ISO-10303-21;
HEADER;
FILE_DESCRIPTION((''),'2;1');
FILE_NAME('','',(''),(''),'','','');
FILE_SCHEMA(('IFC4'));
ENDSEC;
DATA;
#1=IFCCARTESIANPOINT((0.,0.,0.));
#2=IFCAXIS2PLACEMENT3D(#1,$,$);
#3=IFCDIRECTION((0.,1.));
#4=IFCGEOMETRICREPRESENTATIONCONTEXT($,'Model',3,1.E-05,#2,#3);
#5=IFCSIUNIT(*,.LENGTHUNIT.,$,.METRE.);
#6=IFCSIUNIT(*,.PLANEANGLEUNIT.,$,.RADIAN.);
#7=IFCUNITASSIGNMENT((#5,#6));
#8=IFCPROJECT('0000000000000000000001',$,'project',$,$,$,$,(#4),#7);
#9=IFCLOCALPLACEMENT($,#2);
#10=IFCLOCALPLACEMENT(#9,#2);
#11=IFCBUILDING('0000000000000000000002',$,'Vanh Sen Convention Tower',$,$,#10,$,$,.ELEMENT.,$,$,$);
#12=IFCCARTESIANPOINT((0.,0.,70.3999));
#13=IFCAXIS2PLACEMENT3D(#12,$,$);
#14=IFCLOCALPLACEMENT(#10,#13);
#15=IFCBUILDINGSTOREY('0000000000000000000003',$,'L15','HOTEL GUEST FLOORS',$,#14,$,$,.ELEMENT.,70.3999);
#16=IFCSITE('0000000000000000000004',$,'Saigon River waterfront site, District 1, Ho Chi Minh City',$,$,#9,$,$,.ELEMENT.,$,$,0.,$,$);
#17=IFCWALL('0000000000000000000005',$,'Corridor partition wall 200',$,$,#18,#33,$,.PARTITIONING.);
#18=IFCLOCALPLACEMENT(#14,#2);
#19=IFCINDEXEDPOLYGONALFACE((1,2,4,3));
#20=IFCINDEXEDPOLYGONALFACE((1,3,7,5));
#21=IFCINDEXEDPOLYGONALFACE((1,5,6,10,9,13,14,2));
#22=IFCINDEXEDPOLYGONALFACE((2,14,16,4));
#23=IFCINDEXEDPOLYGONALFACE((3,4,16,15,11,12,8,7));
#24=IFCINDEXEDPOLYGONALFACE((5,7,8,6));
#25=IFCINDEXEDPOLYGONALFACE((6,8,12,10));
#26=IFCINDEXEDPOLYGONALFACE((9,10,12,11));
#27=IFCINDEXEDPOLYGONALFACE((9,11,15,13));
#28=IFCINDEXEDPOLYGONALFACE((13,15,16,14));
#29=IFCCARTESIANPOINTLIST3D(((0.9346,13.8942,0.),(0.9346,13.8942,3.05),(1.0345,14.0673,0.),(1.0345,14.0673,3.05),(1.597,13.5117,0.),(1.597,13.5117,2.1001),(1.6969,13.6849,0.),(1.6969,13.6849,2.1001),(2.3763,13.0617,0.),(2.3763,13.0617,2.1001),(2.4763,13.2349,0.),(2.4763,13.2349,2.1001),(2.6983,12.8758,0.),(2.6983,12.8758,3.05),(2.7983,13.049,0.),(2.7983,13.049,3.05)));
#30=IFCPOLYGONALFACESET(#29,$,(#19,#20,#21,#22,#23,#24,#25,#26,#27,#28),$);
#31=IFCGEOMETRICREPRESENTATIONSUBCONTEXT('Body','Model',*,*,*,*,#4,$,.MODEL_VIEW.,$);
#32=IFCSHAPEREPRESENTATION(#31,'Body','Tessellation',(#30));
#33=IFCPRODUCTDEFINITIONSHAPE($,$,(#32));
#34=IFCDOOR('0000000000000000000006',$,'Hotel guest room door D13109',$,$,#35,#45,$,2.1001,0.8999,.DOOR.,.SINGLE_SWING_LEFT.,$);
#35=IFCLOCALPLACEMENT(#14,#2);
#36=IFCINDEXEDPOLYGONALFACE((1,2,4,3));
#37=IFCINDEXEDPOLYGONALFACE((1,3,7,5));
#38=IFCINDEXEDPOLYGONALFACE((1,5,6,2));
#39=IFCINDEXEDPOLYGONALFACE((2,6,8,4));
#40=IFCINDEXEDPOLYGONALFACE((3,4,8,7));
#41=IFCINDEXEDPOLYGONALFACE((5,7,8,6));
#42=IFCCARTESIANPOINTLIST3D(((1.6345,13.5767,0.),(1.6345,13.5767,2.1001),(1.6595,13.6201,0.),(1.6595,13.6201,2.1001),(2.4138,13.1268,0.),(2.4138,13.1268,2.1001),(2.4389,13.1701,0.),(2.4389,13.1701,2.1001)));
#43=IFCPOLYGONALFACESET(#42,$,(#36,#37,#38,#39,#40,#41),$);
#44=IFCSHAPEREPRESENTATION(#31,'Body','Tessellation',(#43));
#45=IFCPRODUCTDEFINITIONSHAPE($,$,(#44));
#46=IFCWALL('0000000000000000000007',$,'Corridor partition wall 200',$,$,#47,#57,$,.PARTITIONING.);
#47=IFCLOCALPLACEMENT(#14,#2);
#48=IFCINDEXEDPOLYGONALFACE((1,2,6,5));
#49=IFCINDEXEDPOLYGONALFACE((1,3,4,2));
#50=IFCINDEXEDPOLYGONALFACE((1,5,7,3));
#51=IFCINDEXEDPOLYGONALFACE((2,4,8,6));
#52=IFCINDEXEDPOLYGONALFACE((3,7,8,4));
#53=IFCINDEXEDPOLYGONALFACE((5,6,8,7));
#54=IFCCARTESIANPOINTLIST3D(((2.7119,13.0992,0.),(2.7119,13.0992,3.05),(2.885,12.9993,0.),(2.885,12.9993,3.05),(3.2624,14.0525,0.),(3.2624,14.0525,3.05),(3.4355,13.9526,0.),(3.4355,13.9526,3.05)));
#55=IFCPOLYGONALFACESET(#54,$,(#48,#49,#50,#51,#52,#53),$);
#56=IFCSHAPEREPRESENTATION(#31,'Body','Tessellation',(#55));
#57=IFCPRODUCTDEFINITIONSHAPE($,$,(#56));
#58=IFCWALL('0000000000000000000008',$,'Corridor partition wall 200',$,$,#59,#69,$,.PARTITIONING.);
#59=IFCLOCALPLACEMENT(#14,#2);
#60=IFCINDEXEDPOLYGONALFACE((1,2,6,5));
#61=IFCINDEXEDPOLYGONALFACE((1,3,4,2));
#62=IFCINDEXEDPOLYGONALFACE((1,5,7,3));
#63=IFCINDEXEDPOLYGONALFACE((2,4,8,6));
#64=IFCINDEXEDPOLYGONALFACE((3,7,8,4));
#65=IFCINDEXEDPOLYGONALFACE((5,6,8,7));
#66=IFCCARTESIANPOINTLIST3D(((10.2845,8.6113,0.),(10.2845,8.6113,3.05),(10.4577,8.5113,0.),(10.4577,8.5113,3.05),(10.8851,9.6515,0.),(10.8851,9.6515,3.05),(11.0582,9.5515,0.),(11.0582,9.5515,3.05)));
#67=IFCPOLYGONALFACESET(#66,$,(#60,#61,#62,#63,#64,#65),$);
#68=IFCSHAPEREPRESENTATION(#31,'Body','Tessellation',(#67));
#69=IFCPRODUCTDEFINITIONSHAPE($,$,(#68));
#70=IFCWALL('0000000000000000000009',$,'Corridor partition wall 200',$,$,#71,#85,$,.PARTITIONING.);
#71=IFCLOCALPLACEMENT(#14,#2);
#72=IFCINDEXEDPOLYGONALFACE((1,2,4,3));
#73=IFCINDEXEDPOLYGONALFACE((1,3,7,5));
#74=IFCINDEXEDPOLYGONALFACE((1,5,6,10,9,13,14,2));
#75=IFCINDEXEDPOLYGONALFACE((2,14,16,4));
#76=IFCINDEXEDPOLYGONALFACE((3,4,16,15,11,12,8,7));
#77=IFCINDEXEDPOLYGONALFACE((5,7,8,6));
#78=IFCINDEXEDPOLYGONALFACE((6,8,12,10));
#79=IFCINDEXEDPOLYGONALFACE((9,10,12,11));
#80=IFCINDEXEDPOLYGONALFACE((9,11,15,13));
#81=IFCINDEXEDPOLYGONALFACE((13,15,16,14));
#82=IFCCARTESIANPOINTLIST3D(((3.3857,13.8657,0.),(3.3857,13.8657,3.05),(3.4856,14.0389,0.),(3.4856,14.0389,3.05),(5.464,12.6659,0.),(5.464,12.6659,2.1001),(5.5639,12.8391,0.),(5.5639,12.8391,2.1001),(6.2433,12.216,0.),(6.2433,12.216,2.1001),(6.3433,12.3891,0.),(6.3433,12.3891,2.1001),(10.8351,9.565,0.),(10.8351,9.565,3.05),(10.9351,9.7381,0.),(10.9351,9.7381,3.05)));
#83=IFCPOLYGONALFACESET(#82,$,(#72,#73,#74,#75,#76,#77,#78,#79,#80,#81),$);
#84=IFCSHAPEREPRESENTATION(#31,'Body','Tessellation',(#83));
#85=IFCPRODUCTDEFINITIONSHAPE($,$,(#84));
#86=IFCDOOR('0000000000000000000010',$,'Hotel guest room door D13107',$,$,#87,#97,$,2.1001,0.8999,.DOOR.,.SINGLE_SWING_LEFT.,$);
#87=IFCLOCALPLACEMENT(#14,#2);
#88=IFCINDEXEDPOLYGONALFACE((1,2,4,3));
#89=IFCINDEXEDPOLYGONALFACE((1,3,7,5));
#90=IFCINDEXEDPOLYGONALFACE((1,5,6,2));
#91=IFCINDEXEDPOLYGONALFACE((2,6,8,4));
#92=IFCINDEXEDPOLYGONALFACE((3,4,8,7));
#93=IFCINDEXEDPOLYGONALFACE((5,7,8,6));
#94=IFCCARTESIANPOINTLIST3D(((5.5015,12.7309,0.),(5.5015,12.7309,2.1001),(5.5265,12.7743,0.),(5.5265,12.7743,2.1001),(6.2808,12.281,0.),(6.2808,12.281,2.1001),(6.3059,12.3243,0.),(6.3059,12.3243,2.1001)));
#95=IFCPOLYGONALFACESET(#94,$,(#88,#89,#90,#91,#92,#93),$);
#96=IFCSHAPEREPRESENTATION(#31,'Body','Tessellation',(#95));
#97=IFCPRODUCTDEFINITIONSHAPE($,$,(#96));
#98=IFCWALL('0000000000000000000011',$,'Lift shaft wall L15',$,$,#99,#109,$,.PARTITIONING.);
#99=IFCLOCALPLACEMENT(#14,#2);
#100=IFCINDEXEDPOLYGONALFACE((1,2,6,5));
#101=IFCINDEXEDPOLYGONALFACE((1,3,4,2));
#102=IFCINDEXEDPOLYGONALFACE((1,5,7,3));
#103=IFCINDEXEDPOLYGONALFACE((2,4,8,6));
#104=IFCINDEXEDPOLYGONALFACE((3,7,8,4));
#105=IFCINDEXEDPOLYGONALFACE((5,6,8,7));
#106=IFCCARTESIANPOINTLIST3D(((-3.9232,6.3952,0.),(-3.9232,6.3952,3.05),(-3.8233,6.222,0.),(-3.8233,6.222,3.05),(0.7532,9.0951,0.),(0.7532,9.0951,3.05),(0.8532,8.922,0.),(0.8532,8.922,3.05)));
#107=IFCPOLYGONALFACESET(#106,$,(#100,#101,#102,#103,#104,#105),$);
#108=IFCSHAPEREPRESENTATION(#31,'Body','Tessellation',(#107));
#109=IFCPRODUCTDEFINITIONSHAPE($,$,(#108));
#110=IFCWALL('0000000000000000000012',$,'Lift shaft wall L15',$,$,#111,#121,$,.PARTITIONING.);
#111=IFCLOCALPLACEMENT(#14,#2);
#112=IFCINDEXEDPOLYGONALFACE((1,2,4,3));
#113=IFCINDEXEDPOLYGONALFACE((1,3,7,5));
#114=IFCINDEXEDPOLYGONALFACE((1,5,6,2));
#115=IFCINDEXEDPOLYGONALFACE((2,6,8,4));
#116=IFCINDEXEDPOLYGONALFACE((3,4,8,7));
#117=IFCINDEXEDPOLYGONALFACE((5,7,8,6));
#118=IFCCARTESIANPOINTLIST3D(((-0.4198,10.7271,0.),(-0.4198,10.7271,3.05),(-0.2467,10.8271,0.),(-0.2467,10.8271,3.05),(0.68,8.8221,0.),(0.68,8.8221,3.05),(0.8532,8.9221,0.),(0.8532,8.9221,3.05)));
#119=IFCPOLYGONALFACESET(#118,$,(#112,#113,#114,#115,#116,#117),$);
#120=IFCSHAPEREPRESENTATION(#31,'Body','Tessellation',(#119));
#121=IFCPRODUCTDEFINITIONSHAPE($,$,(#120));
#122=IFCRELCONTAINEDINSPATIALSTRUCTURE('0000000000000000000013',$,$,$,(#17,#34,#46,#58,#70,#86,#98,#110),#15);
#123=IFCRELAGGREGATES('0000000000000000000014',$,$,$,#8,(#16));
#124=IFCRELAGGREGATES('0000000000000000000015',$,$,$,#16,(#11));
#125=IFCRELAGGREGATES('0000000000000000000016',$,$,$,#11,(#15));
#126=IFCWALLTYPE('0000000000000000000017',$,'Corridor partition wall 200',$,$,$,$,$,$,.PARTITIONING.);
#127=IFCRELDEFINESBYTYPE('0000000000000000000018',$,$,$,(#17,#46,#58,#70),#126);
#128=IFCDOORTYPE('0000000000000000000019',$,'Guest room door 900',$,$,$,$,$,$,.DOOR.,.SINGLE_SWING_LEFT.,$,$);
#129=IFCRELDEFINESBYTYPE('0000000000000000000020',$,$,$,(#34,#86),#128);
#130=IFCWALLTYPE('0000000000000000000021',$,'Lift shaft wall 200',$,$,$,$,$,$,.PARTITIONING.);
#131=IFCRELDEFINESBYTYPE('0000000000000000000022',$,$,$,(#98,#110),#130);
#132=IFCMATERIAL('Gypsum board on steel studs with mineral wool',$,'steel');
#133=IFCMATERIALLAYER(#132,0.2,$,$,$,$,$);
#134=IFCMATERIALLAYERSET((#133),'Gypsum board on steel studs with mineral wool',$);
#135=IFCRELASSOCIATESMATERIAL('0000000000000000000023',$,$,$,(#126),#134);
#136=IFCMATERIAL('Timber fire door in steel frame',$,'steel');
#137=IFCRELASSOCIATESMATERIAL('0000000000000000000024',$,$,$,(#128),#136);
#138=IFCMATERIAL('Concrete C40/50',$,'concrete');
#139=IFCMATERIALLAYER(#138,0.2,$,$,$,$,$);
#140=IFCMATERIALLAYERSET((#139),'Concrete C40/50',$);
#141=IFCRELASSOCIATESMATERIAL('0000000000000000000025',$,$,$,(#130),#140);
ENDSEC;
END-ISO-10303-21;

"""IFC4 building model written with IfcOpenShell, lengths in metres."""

from ifc_helpers import new_model, si_unit, direction, frame, frame_2d, origin, place, context, subcontext, project, spatial, rectangle, extrude, material, layer, layer_set, type_object, element, fill, save


model = new_model("IFC4")

# Units and contexts
model_context = context("Model", 3, precision=1e-05, world=origin(), true_north=direction((0.0, 1.0)))
body_context = subcontext(model_context, "Body", "Model", "MODEL_VIEW")
ifc_project = project(units=[si_unit("LENGTHUNIT", "METRE"), si_unit("PLANEANGLEUNIT", "RADIAN")], contexts=[model_context])

# Site, building, storey
site_placement = place(None, origin())
site = spatial("IfcSite", under=ifc_project, at=site_placement, Name="Saigon River waterfront site, District 1, Ho Chi Minh City", CompositionType="ELEMENT", RefElevation=0.0)
building_placement = place(site_placement, origin())
building = spatial("IfcBuilding", under=site, at=building_placement, Name="Vanh Sen Convention Tower", CompositionType="ELEMENT")
storey_placement = place(building_placement, frame((0.0, 0.0, 70.3999)))
storey = spatial("IfcBuildingStorey", under=building, at=storey_placement, Name="L15", Description="HOTEL GUEST FLOORS", CompositionType="ELEMENT", Elevation=70.3999)

# Shared definitions
ifc_material_1 = material(Name="Gypsum board on steel studs with mineral wool", Category="steel")
ifc_layer_1 = layer(ifc_material_1, 0.2)
ifc_layer_set_1 = layer_set([ifc_layer_1], Name="Gypsum board on steel studs with mineral wool")
wall_type_1 = type_object("IfcWallType", Name="Corridor partition wall 200", PredefinedType="PARTITIONING", material=ifc_layer_set_1)

# Wall, opening, door
ifc_material_2 = material(Name="Timber fire door in steel frame", Category="steel")
door_type_1 = type_object("IfcDoorType", Name="Guest room door 900", OperationType="SINGLE_SWING_LEFT", PredefinedType="DOOR", material=ifc_material_2)
wall_1_placement = place(storey_placement, frame((2.7483, 12.9624, 0.0), z_axis=(0.0, 0.0, 1.0), x_axis=(-0.866014, 0.50002, 0.0)))
wall_1 = element("IfcWall", 1, at=wall_1_placement, inside=storey, type_object=wall_type_1, Name="Corridor partition wall 200", PredefinedType="PARTITIONING", context=body_context, shape_type="SweptSolid", body=[
    extrude(rectangle(XDim=2.0366, YDim=0.2, at=frame_2d((1.0183, 0.0))), origin(), (0.0, 0.0, 1.0), 3.05),
])
opening_1_placement = place(wall_1_placement, frame((0.3718, 0.0, 0.0)))
opening_1 = element("IfcOpeningElement", 2, at=opening_1_placement, cuts=wall_1, PredefinedType="OPENING", context=body_context, shape_type="SweptSolid", body=[
    extrude(rectangle(XDim=0.8999, YDim=2.1001, at=frame_2d((0.45, 1.05))), frame((0.0, 0.1099, 0.0), z_axis=(0.0, -1.0, 0.0), x_axis=(1.0, 0.0, 0.0)), (0.0, 0.0, 1.0), 0.22),
])
door_1_placement = place(opening_1_placement, origin())
door_1 = element("IfcDoor", 3, at=door_1_placement, inside=storey, type_object=door_type_1, Name="Hotel guest room door D13109", OperationType="SINGLE_SWING_LEFT", OverallHeight=2.1001, OverallWidth=0.8999, PredefinedType="DOOR", context=body_context, shape_type="SweptSolid", body=[
    extrude(rectangle(XDim=0.8999, YDim=2.1001, at=frame_2d((0.45, 1.05))), frame((0.0, 0.0249, 0.0), z_axis=(0.0, -1.0, 0.0), x_axis=(1.0, 0.0, 0.0)), (0.0, 0.0, 1.0), 0.05),
])
fill(opening_1, door_1)

# Walls
wall_2_placement = place(storey_placement, frame((3.3489, 14.0024, 0.0), z_axis=(0.0, 0.0, 1.0), x_axis=(-0.500074, -0.865982, 0.0)))
element("IfcWall", 4, at=wall_2_placement, inside=storey, type_object=wall_type_1, Name="Corridor partition wall 200", PredefinedType="PARTITIONING", context=body_context, shape_type="SweptSolid", body=[
    extrude(rectangle(XDim=1.1008, YDim=0.2, at=frame_2d((0.5503, 0.0))), origin(), (0.0, 0.0, 1.0), 3.05),
])
wall_3_placement = place(storey_placement, frame((10.3711, 8.5613, 0.0), z_axis=(0.0, 0.0, 1.0), x_axis=(0.499986, 0.866033, 0.0)))
element("IfcWall", 5, at=wall_3_placement, inside=storey, type_object=wall_type_1, Name="Corridor partition wall 200", PredefinedType="PARTITIONING", context=body_context, shape_type="SweptSolid", body=[
    extrude(rectangle(XDim=1.2012, YDim=0.2, at=frame_2d((0.6006, 0.0))), origin(), (0.0, 0.0, 1.0), 3.05),
])

# Wall, opening, door
wall_4_placement = place(storey_placement, frame((10.885, 9.6516, 0.0), z_axis=(0.0, 0.0, 1.0), x_axis=(-0.866034, 0.499985, 0.0)))
wall_4 = element("IfcWall", 6, at=wall_4_placement, inside=storey, type_object=wall_type_1, Name="Corridor partition wall 200", PredefinedType="PARTITIONING", context=body_context, shape_type="SweptSolid", body=[
    extrude(rectangle(XDim=8.6018, YDim=0.2, at=frame_2d((4.3008, 0.0))), origin(), (0.0, 0.0, 1.0), 3.05),
])
opening_2_placement = place(wall_4_placement, frame((5.302, 0.0, 0.0)))
opening_2 = element("IfcOpeningElement", 7, at=opening_2_placement, cuts=wall_4, PredefinedType="OPENING", context=body_context, shape_type="SweptSolid", body=[
    extrude(rectangle(XDim=0.8999, YDim=2.1001, at=frame_2d((0.45, 1.05))), frame((0.0, 0.1099, 0.0), z_axis=(0.0, -1.0, 0.0), x_axis=(1.0, 0.0, 0.0)), (0.0, 0.0, 1.0), 0.22),
])
door_2_placement = place(opening_2_placement, origin())
door_2 = element("IfcDoor", 8, at=door_2_placement, inside=storey, type_object=door_type_1, Name="Hotel guest room door D13107", OperationType="SINGLE_SWING_LEFT", OverallHeight=2.1001, OverallWidth=0.8999, PredefinedType="DOOR", context=body_context, shape_type="SweptSolid", body=[
    extrude(rectangle(XDim=0.8999, YDim=2.1001, at=frame_2d((0.45, 1.05))), frame((0.0, 0.0249, 0.0), z_axis=(0.0, -1.0, 0.0), x_axis=(1.0, 0.0, 0.0)), (0.0, 0.0, 1.0), 0.05),
])
fill(opening_2, door_2)

# Walls
ifc_material_3 = material(Name="Concrete C40/50", Category="concrete")
ifc_layer_2 = layer(ifc_material_3, 0.2)
ifc_layer_set_2 = layer_set([ifc_layer_2], Name="Concrete C40/50")
wall_type_2 = type_object("IfcWallType", Name="Lift shaft wall 200", PredefinedType="PARTITIONING", material=ifc_layer_set_2)
wall_5_placement = place(storey_placement, frame((0.8032, 9.0085, 0.0), z_axis=(0.0, 0.0, 1.0), x_axis=(-0.866028, -0.499995, 0.0)))
element("IfcWall", 9, at=wall_5_placement, inside=storey, type_object=wall_type_2, Name="Lift shaft wall L15", PredefinedType="PARTITIONING", context=body_context, shape_type="SweptSolid", body=[
    extrude(rectangle(XDim=5.3999, YDim=0.2, at=frame_2d((2.7, 0.0))), origin(), (0.0, 0.0, 1.0), 3.05),
])
wall_6_placement = place(storey_placement, frame((0.7666, 8.8721, 0.0), z_axis=(0.0, 0.0, 1.0), x_axis=(-0.499995, 0.866028, 0.0)))
element("IfcWall", 10, at=wall_6_placement, inside=storey, type_object=wall_type_2, Name="Lift shaft wall L15", PredefinedType="PARTITIONING", context=body_context, shape_type="SweptSolid", body=[
    extrude(rectangle(XDim=2.1997, YDim=0.2, at=frame_2d((1.0999, 0.0))), origin(), (0.0, 0.0, 1.0), 3.05),
])

save(model, "model.ifc")
